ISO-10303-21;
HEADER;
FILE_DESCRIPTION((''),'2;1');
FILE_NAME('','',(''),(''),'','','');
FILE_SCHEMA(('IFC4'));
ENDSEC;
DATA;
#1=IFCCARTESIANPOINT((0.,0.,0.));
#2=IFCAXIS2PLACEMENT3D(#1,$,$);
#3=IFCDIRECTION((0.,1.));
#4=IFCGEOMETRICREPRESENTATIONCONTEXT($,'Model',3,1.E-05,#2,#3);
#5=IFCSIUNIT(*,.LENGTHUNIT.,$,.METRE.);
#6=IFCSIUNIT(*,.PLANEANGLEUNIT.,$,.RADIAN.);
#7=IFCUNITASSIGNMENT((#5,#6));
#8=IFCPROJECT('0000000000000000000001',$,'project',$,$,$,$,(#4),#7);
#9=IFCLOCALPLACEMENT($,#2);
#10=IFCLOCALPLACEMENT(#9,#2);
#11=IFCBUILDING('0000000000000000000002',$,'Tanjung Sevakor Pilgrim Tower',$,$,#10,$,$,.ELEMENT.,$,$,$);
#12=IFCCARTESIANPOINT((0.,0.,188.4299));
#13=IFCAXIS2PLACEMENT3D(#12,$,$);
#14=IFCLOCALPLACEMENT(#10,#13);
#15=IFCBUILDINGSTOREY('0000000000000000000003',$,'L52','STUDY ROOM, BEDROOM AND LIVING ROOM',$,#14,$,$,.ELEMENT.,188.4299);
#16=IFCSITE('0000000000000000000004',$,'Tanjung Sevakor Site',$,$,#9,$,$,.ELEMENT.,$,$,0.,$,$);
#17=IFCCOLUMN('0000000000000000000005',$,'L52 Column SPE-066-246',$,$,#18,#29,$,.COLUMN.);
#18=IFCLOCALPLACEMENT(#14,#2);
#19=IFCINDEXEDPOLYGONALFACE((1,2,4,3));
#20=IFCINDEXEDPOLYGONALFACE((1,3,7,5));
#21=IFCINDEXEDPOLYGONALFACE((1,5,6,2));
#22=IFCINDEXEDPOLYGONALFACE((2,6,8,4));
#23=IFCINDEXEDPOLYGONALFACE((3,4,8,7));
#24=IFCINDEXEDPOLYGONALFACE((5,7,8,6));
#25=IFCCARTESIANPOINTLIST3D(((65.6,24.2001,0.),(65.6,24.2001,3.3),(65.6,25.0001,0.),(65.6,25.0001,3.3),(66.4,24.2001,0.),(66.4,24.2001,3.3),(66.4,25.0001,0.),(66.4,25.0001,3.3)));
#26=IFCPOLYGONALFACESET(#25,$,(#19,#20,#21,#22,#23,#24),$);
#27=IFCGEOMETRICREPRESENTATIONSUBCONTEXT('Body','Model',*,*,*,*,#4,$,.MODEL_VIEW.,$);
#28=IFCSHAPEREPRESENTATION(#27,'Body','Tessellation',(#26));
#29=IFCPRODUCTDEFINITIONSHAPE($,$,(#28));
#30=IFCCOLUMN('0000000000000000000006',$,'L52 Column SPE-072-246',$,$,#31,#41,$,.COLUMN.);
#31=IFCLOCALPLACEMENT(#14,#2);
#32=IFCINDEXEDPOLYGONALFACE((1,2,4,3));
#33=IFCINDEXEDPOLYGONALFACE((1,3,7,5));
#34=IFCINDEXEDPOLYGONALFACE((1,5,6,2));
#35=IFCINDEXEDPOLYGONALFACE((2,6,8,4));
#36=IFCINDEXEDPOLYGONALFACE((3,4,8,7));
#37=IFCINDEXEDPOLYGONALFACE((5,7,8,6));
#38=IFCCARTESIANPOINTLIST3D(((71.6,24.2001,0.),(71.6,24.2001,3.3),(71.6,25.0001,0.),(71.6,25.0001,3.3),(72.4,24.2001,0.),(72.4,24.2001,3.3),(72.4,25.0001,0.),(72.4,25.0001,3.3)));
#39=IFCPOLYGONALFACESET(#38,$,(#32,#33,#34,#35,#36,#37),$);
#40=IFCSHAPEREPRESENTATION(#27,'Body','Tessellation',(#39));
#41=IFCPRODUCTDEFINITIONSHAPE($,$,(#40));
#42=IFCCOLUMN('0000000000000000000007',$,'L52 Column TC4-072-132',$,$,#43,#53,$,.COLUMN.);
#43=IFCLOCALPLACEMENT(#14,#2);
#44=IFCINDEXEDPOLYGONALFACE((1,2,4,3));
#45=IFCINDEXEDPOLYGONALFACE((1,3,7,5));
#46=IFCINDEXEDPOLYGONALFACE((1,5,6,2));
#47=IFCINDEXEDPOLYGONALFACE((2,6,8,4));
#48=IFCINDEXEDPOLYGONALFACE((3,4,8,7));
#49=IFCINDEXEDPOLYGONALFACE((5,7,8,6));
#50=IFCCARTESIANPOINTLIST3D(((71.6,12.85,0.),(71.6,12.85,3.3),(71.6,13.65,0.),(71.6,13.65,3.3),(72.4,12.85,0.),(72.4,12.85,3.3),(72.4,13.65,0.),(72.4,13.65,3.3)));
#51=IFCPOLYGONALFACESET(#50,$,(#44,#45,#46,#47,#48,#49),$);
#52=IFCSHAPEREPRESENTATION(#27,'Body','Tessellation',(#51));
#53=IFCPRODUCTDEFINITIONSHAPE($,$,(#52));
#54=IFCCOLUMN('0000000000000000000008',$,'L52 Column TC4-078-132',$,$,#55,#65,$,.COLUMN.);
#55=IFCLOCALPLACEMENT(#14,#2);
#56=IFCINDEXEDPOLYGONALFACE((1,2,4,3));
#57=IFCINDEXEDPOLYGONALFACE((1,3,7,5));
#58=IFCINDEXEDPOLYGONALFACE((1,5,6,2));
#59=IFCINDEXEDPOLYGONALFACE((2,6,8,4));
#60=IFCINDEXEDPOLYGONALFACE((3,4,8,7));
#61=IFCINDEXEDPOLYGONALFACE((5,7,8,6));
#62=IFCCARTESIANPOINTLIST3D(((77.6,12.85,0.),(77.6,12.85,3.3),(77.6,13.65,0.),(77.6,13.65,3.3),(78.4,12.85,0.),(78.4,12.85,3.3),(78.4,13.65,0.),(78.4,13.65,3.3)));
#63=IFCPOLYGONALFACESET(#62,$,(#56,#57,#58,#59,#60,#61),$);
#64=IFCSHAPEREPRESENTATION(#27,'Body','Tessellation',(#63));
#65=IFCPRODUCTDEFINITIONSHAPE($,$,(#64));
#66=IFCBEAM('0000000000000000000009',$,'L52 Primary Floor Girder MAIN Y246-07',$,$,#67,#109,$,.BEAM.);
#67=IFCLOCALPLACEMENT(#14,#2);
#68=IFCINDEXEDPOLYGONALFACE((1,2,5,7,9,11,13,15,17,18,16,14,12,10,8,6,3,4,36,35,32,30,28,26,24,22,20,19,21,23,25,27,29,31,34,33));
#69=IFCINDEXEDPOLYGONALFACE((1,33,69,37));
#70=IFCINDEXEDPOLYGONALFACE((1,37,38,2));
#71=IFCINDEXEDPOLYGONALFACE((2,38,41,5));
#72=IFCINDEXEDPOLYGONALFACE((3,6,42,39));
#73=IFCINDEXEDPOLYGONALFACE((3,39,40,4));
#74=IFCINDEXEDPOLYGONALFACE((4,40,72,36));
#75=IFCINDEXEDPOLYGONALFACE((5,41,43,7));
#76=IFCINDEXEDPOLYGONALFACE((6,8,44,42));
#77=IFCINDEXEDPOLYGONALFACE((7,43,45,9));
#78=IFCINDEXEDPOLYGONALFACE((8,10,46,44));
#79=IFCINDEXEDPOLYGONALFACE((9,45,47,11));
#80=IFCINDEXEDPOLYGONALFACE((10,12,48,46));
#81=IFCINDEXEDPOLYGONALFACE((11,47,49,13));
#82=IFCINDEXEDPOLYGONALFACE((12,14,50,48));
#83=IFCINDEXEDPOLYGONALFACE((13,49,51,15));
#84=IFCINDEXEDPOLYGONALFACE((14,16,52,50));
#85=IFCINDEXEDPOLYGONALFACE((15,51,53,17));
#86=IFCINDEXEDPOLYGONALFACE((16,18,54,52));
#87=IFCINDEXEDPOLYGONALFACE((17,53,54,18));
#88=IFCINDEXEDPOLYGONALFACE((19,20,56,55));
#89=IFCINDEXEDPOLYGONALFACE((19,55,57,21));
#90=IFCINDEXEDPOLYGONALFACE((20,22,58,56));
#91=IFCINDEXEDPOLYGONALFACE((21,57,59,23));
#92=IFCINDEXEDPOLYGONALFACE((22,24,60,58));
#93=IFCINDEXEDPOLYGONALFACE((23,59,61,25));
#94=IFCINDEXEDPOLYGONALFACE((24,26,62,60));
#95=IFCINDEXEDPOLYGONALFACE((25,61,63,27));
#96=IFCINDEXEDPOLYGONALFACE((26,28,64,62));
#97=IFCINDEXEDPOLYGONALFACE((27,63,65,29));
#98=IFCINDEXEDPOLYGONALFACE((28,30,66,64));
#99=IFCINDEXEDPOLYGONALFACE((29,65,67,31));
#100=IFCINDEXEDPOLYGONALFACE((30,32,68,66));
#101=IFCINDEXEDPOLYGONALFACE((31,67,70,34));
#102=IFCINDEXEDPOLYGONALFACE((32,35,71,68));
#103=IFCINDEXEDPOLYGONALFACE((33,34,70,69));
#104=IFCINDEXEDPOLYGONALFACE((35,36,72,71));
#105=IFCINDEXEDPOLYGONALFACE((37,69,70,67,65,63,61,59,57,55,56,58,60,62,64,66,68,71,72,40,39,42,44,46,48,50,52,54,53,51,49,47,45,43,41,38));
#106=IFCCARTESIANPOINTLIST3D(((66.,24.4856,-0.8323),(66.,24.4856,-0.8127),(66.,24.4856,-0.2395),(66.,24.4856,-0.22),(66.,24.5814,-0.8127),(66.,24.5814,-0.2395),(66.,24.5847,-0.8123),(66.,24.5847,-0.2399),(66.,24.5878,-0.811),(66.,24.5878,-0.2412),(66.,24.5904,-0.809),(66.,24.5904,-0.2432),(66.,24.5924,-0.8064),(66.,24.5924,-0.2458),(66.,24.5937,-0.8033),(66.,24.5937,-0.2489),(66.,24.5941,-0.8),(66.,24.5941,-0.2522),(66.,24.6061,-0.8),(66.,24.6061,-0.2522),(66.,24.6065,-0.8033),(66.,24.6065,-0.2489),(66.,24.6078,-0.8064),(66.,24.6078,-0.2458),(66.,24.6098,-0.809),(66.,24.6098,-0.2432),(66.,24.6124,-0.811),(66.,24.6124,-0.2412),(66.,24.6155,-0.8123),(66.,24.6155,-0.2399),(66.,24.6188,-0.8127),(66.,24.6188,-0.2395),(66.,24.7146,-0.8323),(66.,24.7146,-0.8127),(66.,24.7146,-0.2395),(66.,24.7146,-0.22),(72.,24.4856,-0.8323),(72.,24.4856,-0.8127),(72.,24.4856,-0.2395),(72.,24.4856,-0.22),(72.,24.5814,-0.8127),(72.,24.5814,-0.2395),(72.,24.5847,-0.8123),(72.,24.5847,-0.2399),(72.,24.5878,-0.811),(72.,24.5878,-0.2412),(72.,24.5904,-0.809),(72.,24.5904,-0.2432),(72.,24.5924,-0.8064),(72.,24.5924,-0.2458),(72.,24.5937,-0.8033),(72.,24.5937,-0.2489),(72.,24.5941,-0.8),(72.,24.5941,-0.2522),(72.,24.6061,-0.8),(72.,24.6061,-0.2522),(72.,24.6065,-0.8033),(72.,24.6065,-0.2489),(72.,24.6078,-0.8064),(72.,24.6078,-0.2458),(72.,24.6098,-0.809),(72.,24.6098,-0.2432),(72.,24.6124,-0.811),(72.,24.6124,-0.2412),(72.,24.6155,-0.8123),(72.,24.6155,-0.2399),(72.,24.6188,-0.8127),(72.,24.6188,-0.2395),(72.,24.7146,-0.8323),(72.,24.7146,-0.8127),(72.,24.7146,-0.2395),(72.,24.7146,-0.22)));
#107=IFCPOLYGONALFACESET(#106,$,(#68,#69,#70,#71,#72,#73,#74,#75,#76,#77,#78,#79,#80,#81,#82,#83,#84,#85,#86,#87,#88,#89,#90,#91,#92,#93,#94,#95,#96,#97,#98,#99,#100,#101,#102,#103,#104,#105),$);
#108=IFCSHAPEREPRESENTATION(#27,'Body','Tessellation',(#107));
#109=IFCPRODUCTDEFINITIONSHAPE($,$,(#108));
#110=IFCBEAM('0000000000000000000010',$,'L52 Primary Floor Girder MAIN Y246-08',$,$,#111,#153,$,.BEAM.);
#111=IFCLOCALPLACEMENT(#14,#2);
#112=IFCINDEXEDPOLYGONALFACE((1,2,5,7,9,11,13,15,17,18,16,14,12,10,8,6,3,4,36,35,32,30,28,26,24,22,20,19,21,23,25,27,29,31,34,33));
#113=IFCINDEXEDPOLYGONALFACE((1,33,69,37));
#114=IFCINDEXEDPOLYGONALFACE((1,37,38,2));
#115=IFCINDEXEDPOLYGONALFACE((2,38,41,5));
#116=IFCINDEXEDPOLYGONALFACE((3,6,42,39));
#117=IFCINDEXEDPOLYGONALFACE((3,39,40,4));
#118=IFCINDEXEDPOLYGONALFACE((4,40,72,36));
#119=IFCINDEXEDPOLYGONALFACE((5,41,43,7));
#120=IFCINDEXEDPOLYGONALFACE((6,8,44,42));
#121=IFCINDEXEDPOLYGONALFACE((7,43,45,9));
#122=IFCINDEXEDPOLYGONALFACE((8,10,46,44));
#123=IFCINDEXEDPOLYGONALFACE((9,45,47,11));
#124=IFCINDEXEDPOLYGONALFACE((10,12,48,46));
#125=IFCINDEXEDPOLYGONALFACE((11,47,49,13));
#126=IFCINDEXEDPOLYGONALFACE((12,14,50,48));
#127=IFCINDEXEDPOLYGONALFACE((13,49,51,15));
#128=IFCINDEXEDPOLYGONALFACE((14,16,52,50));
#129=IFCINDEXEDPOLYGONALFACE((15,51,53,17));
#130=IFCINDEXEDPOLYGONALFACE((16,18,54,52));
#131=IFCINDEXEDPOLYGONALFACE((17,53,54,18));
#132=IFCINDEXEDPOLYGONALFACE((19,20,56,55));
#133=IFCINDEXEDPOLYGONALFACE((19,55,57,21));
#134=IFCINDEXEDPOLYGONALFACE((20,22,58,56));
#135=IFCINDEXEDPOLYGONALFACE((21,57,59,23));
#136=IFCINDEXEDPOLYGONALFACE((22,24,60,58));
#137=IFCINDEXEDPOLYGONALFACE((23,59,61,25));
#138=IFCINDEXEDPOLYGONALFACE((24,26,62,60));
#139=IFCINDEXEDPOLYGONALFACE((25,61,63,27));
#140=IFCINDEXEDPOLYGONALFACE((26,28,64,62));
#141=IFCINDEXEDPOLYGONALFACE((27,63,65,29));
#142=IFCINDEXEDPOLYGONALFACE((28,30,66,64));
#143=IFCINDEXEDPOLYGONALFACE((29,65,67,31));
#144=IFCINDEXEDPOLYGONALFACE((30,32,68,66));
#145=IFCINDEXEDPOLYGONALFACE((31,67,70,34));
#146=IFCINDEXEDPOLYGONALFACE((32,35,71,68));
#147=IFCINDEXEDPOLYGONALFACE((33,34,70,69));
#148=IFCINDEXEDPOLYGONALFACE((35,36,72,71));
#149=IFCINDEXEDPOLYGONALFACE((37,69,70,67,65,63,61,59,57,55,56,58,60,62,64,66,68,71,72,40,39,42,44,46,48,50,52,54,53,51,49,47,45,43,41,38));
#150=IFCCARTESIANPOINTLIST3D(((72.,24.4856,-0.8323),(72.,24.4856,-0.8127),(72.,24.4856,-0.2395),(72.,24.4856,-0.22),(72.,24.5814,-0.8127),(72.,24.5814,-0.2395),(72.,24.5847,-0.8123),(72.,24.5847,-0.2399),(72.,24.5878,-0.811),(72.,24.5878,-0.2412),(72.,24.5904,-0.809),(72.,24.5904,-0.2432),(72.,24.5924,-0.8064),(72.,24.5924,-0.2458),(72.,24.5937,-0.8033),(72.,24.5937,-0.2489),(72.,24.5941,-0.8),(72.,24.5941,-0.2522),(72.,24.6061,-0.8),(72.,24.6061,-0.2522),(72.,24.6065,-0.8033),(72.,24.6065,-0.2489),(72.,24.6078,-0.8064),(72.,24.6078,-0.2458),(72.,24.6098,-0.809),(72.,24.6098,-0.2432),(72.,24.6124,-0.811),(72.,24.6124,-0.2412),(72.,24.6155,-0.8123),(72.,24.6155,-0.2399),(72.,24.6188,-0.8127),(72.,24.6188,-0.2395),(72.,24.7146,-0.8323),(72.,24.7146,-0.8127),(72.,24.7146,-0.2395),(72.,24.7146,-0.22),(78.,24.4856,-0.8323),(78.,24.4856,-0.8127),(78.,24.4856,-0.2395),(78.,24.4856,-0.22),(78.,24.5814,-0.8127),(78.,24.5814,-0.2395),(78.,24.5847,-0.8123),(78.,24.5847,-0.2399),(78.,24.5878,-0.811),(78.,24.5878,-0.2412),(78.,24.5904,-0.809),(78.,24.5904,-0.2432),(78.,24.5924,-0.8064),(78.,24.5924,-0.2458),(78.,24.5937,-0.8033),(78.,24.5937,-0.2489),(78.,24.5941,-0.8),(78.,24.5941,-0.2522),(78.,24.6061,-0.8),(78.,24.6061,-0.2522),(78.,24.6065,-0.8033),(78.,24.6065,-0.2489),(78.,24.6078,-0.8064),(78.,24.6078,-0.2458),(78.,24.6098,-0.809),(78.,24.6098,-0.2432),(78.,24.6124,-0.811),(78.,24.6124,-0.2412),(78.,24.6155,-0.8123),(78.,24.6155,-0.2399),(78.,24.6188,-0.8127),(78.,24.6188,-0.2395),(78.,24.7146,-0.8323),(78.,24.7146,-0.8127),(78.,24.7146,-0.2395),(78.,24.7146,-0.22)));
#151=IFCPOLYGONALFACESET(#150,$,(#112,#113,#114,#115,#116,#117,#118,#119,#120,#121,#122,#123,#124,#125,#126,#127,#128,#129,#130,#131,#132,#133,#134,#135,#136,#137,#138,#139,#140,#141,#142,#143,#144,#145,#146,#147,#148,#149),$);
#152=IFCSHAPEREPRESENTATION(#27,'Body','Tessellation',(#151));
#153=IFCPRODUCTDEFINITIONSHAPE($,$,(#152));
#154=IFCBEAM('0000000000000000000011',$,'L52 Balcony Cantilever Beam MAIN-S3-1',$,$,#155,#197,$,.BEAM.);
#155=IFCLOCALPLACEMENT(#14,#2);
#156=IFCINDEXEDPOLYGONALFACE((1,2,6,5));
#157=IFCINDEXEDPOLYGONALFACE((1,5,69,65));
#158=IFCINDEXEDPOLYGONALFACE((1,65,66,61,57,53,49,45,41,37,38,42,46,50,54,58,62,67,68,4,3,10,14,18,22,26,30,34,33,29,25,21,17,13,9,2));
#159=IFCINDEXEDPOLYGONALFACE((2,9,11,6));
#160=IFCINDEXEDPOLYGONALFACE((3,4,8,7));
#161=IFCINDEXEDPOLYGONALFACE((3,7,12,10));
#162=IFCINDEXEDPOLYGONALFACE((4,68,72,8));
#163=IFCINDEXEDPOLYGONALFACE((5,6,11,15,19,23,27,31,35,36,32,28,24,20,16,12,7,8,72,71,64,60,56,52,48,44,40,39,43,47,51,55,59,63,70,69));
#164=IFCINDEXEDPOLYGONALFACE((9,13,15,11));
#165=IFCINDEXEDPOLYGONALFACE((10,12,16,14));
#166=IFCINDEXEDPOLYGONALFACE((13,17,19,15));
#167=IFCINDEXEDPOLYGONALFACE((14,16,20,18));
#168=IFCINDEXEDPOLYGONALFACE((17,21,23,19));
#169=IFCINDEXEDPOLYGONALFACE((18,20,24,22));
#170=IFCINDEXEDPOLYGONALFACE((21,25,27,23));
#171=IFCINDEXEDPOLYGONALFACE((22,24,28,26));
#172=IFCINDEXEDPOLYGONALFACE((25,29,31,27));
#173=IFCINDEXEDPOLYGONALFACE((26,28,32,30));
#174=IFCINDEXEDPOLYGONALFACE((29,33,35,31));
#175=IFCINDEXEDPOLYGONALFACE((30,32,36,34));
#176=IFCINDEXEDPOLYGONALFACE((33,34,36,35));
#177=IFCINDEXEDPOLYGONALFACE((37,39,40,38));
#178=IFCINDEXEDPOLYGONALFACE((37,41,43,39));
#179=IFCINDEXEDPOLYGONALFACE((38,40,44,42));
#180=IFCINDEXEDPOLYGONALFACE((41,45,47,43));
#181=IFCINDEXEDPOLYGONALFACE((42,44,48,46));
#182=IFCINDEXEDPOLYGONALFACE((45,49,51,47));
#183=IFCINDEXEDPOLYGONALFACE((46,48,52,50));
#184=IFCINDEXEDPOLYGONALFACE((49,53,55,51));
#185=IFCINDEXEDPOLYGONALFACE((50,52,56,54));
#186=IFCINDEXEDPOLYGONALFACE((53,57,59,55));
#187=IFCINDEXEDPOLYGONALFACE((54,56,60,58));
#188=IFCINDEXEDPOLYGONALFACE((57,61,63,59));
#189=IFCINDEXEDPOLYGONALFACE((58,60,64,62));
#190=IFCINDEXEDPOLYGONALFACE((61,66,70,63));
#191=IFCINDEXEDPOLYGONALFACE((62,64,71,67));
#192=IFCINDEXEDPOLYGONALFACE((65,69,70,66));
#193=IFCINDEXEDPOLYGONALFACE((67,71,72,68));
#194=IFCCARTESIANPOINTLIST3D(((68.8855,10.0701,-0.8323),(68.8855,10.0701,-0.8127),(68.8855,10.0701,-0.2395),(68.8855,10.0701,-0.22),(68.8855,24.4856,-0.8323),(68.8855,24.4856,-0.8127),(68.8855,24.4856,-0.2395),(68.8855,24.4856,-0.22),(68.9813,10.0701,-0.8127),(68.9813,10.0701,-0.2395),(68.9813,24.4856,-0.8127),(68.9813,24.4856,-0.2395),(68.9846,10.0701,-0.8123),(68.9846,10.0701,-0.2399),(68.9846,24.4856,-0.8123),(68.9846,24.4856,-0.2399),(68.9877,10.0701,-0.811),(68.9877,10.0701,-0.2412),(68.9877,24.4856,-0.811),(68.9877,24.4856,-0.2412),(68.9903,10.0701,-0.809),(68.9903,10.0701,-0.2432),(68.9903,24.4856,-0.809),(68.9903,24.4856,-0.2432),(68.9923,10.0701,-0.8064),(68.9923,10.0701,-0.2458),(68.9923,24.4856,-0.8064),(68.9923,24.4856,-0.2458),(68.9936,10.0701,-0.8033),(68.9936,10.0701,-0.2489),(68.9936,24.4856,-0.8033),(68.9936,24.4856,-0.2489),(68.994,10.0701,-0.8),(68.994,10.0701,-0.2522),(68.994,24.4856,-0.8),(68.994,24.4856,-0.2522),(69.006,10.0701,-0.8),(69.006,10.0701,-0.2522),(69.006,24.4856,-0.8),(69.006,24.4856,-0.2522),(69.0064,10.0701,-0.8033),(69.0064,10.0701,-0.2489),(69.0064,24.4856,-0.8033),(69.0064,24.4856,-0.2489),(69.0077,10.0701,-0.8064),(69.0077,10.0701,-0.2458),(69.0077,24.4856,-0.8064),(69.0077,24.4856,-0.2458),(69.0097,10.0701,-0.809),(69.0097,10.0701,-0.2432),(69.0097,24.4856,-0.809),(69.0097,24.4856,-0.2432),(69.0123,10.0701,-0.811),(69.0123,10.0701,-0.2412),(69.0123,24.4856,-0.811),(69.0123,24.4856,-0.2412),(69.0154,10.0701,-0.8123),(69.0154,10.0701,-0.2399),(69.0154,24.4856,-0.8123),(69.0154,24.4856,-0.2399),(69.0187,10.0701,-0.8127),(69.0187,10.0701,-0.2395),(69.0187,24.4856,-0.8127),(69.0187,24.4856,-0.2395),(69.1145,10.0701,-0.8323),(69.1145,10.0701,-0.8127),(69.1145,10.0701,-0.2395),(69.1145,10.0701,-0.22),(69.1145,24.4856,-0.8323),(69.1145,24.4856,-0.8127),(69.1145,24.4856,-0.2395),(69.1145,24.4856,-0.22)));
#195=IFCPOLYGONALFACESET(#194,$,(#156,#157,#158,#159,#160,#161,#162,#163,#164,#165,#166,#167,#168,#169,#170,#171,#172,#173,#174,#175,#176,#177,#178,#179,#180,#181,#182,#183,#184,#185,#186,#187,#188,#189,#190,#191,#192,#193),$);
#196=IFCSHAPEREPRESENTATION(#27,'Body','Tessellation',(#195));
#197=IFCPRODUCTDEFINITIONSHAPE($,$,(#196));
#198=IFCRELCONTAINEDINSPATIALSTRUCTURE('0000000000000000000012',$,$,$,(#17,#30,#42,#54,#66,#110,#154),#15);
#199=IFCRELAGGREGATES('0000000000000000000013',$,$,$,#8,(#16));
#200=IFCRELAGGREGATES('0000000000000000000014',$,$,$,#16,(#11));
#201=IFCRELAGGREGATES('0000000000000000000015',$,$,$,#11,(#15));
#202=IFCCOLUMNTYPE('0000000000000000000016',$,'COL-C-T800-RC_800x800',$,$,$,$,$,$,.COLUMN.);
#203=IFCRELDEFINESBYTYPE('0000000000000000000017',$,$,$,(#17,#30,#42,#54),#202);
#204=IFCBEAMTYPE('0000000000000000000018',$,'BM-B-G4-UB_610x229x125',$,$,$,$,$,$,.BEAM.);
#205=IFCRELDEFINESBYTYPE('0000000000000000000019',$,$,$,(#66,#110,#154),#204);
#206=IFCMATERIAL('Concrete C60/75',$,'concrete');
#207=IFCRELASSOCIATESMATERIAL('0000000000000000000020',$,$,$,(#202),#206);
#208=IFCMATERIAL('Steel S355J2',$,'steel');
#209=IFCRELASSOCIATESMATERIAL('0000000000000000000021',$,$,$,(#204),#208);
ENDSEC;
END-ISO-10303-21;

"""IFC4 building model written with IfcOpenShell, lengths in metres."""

from ifc_helpers import new_model, si_unit, direction, frame, origin, origin_2d, place, context, subcontext, project, spatial, rectangle, i_section, extrude, material, material_profile, profile_set, type_object, element, save


model = new_model("IFC4")

# Units and contexts
model_context = context("Model", 3, precision=1e-05, world=origin(), true_north=direction((0.0, 1.0)))
body_context = subcontext(model_context, "Body", "Model", "MODEL_VIEW")
ifc_project = project(units=[si_unit("LENGTHUNIT", "METRE"), si_unit("PLANEANGLEUNIT", "RADIAN")], contexts=[model_context])

# Site, building, storey
site_placement = place(None, origin())
site = spatial("IfcSite", under=ifc_project, at=site_placement, Name="Tanjung Sevakor Site", CompositionType="ELEMENT", RefElevation=0.0)
building_placement = place(site_placement, origin())
building = spatial("IfcBuilding", under=site, at=building_placement, Name="Tanjung Sevakor Pilgrim Tower", CompositionType="ELEMENT")
storey_placement = place(building_placement, frame((0.0, 0.0, 188.4299)))
storey = spatial("IfcBuildingStorey", under=building, at=storey_placement, Name="L52", Description="STUDY ROOM, BEDROOM AND LIVING ROOM", CompositionType="ELEMENT", Elevation=188.4299)

# Columns
ifc_material_1 = material(Name="Concrete C60/75", Category="concrete")
ifc_material_profile_1 = material_profile(ifc_material_1, rectangle(XDim=0.8, YDim=0.8, at=origin_2d()))
ifc_profile_set_1 = profile_set([ifc_material_profile_1], Name="Concrete C60/75")
column_type = type_object("IfcColumnType", Name="COL-C-T800-RC_800x800", PredefinedType="COLUMN", material=ifc_profile_set_1)
for number, where, z_axis, x_axis, name in (
    (1, (66.0, 24.6001, 0.0), (0.0, 0.0, 1.0), (1.0, 0.0, 0.0), "L52 Column SPE-066-246"),
    (2, (72.0, 24.6001, 0.0), (0.0, 0.0, 1.0), (1.0, 0.0, 0.0), "L52 Column SPE-072-246"),
    (3, (72.0, 13.25, 0.0), (0.0, 0.0, 1.0), (1.0, 0.0, 0.0), "L52 Column TC4-072-132"),
    (4, (78.0, 13.25, 0.0), (0.0, 0.0, 1.0), (1.0, 0.0, 0.0), "L52 Column TC4-078-132"),
):
    element("IfcColumn", number, at=place(storey_placement, frame(where, z_axis=z_axis, x_axis=x_axis)), inside=storey, type_object=column_type, Name=name, PredefinedType="COLUMN", context=body_context, shape_type="SweptSolid", body=[
        extrude(rectangle(XDim=0.8, YDim=0.8, at=origin_2d()), origin(), (0.0, 0.0, 1.0), 3.3),
    ])

# Beams
ifc_material_2 = material(Name="Steel S355J2", Category="steel")
ifc_material_profile_2 = material_profile(ifc_material_2, i_section(OverallWidth=0.229, OverallDepth=0.6123, WebThickness=0.012, FlangeThickness=0.0195, FilletRadius=0.0127, at=origin_2d()))
ifc_profile_set_2 = profile_set([ifc_material_profile_2], Name="Steel S355J2")
beam_type_1 = type_object("IfcBeamType", Name="BM-B-G4-UB_610x229x125", PredefinedType="BEAM", material=ifc_profile_set_2)
for number, where, z_axis, x_axis, name in (
    (5, (66.0, 24.6001, -0.5261), (1.0, 0.0, 0.0), (0.0, 1.0, 0.0), "L52 Primary Floor Girder MAIN Y246-07"),
    (6, (72.0, 24.6001, -0.5261), (1.0, 0.0, 0.0), (0.0, 1.0, 0.0), "L52 Primary Floor Girder MAIN Y246-08"),
):
    element("IfcBeam", number, at=place(storey_placement, frame(where, z_axis=z_axis, x_axis=x_axis)), inside=storey, type_object=beam_type_1, Name=name, PredefinedType="BEAM", context=body_context, shape_type="SweptSolid", body=[
        extrude(i_section(OverallWidth=0.229, OverallDepth=0.6123, WebThickness=0.012, FlangeThickness=0.0195, FilletRadius=0.0127, at=origin_2d()), origin(), (0.0, 0.0, 1.0), 6.0),
    ])
beam_1_placement = place(storey_placement, frame((69.0, 24.4856, -0.5261), z_axis=(0.0, -1.0, 0.0), x_axis=(1.0, 0.0, 0.0)))
element("IfcBeam", 7, at=beam_1_placement, inside=storey, type_object=beam_type_1, Name="L52 Balcony Cantilever Beam MAIN-S3-1", PredefinedType="BEAM", context=body_context, shape_type="SweptSolid", body=[
    extrude(i_section(OverallWidth=0.229, OverallDepth=0.6123, WebThickness=0.012, FlangeThickness=0.0195, FilletRadius=0.0127, at=origin_2d()), origin(), (0.0, 0.0, 1.0), 14.4155),
])

save(model, "model.ifc")
